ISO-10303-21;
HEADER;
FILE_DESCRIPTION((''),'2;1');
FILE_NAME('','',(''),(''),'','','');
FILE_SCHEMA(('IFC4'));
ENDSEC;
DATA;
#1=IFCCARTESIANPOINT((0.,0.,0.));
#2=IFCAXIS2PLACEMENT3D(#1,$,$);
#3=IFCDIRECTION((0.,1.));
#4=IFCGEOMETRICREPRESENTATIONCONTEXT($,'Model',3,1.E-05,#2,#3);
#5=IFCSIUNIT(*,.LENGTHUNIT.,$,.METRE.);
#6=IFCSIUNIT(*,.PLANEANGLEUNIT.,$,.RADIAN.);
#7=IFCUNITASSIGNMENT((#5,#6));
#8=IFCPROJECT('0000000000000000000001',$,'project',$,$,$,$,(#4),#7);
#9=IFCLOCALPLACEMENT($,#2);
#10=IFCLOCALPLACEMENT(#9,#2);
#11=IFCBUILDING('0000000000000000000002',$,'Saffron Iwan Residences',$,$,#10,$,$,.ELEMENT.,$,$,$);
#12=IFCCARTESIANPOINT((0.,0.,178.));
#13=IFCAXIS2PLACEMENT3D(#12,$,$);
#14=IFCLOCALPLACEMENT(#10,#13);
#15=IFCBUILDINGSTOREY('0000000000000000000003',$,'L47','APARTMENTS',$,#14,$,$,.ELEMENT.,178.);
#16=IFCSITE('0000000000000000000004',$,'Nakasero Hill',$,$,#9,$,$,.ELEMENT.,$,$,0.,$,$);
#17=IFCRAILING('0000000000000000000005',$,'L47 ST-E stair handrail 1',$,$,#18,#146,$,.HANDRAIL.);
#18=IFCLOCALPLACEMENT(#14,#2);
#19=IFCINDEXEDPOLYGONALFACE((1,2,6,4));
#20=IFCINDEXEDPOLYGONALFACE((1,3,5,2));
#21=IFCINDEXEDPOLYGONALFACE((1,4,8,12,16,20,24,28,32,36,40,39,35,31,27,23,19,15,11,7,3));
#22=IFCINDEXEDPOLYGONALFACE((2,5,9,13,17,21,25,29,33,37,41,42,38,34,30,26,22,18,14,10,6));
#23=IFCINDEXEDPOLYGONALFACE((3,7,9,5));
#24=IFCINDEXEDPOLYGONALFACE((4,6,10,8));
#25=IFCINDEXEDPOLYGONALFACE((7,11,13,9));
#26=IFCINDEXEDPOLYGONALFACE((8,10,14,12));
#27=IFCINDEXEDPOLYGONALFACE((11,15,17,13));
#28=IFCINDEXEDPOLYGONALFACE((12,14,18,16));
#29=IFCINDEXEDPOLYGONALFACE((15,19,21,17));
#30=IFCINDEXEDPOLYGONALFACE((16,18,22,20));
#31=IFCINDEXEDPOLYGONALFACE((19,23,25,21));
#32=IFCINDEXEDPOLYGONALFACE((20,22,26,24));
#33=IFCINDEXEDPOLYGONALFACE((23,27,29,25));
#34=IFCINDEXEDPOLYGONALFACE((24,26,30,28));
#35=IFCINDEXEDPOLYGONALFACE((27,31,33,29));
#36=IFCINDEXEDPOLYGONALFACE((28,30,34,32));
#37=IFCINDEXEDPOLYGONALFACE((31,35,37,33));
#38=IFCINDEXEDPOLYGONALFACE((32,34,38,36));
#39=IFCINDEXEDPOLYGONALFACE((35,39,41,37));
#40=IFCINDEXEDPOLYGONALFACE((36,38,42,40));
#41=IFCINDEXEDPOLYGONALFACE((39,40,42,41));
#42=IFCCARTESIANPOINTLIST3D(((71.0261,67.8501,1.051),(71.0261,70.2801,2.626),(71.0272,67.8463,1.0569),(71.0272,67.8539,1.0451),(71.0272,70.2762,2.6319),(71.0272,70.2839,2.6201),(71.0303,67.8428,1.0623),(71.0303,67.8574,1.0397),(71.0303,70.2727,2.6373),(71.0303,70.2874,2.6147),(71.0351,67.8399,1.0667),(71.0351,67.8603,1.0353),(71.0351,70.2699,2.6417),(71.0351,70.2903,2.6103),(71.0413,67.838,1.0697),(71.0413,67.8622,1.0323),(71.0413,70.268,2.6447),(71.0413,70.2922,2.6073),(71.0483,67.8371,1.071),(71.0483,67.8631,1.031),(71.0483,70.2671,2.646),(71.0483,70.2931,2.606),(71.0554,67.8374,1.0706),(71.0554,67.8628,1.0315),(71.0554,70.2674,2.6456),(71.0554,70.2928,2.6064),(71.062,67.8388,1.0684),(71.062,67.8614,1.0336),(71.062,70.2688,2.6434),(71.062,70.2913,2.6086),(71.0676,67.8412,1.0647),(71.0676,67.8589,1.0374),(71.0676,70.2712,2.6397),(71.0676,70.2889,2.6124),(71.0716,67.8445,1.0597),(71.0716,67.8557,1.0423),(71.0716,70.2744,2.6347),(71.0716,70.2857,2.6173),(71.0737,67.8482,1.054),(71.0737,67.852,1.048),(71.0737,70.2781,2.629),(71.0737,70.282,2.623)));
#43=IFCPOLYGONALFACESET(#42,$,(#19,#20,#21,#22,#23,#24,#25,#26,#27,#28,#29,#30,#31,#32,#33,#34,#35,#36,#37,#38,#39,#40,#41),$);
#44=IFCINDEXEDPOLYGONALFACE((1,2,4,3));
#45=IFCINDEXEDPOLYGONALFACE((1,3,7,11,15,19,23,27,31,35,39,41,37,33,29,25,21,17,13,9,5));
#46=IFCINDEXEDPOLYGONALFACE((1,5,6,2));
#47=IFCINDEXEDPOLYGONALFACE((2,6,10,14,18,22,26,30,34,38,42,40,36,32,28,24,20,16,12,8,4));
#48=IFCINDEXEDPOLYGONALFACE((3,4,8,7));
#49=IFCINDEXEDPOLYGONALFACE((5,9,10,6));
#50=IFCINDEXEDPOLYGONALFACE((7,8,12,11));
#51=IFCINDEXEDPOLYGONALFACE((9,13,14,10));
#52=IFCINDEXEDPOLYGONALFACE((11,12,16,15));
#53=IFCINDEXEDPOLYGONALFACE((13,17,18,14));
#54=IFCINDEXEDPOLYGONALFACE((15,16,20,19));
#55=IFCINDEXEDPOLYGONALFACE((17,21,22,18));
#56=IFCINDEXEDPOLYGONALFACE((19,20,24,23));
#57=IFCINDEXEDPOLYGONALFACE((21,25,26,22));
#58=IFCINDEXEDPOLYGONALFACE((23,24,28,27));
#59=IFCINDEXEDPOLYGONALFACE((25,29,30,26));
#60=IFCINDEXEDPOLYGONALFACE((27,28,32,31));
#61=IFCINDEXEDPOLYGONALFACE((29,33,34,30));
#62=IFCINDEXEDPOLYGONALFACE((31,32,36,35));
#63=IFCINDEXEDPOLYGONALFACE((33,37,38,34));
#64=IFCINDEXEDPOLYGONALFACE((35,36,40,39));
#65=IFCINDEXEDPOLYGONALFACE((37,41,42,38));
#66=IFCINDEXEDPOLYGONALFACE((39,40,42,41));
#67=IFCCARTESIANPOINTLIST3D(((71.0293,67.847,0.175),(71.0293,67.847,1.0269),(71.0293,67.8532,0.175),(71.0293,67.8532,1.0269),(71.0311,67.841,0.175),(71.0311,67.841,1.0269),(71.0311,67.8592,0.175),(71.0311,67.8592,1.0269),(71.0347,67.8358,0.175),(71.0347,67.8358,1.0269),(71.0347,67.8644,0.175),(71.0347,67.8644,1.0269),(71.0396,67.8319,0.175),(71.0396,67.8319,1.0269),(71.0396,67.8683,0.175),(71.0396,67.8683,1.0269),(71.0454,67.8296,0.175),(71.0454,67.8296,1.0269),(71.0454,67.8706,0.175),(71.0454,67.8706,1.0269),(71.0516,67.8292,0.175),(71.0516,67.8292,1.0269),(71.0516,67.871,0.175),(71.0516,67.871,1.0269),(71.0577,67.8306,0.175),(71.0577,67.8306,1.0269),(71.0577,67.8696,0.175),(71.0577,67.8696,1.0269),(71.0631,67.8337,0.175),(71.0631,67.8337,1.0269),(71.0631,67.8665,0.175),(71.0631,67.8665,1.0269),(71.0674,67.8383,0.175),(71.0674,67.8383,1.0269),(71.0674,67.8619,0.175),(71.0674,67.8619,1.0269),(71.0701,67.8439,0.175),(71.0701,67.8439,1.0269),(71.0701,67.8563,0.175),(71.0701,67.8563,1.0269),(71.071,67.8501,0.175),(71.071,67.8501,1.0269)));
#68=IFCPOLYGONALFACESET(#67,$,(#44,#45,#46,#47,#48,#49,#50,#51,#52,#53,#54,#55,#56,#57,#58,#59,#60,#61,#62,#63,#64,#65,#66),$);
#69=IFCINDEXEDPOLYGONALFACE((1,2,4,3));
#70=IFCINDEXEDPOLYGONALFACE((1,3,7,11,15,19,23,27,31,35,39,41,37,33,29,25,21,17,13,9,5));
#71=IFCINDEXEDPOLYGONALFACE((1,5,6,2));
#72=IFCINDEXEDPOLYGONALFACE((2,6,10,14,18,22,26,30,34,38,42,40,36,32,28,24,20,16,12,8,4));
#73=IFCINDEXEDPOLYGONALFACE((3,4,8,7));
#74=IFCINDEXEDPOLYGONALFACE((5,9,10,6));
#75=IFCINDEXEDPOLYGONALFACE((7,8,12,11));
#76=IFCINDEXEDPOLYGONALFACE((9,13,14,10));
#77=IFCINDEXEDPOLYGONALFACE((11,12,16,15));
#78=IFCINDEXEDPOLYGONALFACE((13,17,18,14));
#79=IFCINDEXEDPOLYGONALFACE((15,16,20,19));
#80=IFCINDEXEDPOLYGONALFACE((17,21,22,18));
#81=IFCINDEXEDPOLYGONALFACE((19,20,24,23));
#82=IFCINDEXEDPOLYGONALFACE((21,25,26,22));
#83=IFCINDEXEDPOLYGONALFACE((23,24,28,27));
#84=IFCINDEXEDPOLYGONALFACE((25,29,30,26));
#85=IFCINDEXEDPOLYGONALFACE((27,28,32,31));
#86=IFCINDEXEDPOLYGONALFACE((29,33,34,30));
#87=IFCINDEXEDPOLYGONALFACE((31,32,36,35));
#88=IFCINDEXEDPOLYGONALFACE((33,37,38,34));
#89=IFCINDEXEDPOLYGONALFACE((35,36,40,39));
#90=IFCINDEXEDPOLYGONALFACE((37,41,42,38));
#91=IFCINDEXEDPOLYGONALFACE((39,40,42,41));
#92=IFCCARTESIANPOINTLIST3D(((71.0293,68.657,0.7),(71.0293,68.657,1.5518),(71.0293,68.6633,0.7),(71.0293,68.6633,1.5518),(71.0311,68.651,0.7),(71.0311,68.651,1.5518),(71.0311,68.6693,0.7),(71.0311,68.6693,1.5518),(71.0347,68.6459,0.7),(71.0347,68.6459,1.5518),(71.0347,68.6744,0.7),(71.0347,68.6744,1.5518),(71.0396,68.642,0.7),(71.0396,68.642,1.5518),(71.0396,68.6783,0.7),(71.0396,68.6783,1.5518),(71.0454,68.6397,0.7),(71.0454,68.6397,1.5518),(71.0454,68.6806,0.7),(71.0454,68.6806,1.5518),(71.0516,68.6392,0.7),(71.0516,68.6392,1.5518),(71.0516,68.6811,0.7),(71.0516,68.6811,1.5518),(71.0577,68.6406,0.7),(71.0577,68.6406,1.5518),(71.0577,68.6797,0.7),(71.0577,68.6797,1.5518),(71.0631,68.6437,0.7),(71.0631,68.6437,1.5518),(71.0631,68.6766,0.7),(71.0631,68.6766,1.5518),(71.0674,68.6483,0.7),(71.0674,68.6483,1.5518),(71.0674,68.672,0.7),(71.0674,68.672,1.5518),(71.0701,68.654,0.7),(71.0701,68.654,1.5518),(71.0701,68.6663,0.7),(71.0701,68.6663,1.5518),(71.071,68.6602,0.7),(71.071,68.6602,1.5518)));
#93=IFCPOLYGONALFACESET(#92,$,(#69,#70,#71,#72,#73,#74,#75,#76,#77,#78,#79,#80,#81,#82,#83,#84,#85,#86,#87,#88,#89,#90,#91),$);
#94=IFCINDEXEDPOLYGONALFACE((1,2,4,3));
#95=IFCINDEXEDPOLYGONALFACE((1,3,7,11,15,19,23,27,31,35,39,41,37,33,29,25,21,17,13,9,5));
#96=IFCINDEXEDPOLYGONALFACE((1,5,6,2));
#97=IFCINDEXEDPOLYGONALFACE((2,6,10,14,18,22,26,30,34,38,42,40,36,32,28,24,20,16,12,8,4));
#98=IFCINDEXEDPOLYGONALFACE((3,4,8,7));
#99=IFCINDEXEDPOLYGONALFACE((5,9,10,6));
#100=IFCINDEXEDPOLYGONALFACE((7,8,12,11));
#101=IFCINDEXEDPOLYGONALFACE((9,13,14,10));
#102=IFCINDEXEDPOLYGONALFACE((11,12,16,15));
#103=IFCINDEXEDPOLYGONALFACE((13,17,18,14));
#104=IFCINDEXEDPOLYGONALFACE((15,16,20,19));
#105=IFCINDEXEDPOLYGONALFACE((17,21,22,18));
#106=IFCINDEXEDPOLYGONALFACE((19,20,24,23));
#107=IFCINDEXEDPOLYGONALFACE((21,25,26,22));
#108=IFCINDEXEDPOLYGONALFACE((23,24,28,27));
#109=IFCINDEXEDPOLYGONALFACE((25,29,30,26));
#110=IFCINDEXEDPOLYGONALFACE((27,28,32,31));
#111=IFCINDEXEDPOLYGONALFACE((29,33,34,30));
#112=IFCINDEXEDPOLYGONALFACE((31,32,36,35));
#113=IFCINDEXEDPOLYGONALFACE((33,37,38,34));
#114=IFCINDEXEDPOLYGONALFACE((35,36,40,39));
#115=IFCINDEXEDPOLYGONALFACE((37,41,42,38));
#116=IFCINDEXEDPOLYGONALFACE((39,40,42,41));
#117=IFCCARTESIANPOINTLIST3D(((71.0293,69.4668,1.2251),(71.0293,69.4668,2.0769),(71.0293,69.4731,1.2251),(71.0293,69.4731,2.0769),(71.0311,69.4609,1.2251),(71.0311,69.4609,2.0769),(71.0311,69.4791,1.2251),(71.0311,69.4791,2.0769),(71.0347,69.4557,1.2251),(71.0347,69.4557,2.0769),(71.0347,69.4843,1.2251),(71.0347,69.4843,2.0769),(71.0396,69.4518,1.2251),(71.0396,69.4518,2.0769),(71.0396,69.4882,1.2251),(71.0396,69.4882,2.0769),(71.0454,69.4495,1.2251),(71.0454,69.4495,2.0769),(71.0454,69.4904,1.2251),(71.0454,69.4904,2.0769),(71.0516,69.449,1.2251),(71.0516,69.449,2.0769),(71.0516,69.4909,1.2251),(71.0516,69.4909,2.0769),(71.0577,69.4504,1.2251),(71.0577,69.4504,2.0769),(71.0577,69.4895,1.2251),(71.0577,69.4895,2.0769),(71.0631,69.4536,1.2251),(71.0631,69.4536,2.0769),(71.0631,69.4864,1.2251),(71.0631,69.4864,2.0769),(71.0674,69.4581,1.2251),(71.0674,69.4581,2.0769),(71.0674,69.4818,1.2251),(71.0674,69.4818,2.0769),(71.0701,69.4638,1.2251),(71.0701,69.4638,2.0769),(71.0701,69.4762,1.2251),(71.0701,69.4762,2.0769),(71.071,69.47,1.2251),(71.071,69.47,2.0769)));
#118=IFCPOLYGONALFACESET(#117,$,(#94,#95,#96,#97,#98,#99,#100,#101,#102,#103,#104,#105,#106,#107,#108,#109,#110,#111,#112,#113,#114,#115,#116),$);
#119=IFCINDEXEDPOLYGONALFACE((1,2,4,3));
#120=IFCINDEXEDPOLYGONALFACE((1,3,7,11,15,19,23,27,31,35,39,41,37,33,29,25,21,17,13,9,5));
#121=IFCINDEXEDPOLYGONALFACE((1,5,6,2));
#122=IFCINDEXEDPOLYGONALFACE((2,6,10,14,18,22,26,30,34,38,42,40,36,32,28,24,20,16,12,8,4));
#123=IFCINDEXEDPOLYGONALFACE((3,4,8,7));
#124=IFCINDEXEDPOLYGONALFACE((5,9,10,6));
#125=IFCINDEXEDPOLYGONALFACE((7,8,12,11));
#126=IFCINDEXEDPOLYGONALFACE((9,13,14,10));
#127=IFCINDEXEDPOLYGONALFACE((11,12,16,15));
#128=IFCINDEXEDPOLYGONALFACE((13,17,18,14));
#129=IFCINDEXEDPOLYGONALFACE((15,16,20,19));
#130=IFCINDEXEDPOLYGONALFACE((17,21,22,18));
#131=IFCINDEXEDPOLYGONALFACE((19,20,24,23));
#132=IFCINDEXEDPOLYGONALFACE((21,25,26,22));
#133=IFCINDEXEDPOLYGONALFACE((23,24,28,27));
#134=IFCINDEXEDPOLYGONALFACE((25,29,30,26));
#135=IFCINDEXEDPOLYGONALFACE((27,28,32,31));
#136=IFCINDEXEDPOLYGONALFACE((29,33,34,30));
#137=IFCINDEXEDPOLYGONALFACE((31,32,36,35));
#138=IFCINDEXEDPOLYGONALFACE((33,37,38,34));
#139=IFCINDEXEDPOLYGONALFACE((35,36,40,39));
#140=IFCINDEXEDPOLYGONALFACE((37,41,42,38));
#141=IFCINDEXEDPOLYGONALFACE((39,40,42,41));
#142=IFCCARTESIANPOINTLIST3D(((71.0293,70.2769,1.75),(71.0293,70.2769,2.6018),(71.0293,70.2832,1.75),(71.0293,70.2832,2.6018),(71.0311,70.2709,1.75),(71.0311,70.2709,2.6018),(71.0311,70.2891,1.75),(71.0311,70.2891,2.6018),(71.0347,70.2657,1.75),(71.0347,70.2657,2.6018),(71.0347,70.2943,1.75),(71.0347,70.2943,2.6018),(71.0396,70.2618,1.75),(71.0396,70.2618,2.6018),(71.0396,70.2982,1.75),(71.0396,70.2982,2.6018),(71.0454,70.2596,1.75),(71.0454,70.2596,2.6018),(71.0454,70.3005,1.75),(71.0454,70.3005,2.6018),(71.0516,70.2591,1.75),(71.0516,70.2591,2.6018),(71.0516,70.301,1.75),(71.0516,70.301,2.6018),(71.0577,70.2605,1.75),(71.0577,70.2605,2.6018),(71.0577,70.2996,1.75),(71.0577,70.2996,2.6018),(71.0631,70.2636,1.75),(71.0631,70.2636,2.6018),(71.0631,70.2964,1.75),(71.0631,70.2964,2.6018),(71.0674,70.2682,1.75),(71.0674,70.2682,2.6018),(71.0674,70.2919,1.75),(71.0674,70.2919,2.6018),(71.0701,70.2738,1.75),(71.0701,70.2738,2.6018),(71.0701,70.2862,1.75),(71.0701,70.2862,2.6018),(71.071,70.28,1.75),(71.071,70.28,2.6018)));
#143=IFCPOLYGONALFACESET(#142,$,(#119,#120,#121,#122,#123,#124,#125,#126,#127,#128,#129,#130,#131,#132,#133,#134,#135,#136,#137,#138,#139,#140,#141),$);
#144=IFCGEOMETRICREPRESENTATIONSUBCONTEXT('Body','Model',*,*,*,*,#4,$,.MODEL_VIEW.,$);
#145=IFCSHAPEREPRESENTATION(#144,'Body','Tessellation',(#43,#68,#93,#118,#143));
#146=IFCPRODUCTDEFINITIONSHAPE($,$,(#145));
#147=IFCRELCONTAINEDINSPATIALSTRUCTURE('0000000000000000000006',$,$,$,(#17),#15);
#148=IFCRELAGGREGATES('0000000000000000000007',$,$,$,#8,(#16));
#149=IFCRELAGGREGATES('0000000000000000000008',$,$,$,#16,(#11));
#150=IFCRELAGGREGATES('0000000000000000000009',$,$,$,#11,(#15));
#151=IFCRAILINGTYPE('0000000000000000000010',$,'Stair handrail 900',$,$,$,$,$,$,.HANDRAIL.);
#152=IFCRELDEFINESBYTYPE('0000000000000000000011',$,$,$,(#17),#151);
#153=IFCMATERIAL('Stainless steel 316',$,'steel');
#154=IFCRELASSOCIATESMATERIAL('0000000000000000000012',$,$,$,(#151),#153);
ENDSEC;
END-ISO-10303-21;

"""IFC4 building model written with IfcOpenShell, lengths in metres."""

from ifc_helpers import new_model, si_unit, direction, frame, origin, origin_2d, place, context, subcontext, project, spatial, circle, extrude, material, type_object, element, save


model = new_model("IFC4")

# Units and contexts
model_context = context("Model", 3, precision=1e-05, world=origin(), true_north=direction((0.0, 1.0)))
body_context = subcontext(model_context, "Body", "Model", "MODEL_VIEW")
ifc_project = project(units=[si_unit("LENGTHUNIT", "METRE"), si_unit("PLANEANGLEUNIT", "RADIAN")], contexts=[model_context])

# Site, building, storey
site_placement = place(None, origin())
site = spatial("IfcSite", under=ifc_project, at=site_placement, Name="Nakasero Hill", CompositionType="ELEMENT", RefElevation=0.0)
building_placement = place(site_placement, origin())
building = spatial("IfcBuilding", under=site, at=building_placement, Name="Saffron Iwan Residences", CompositionType="ELEMENT")
storey_placement = place(building_placement, frame((0.0, 0.0, 178.0)))
storey = spatial("IfcBuildingStorey", under=building, at=storey_placement, Name="L47", Description="APARTMENTS", CompositionType="ELEMENT", Elevation=178.0)

# Railing
ifc_material_1 = material(Name="Stainless steel 316", Category="steel")
railing_type_1 = type_object("IfcRailingType", Name="Stair handrail 900", PredefinedType="HANDRAIL", material=ifc_material_1)
railing_1_placement = place(storey_placement, frame((71.05, 67.8501, 0.175)))
element("IfcRailing", 1, at=railing_1_placement, inside=storey, type_object=railing_type_1, Name="L47 ST-E stair handrail 1", PredefinedType="HANDRAIL", context=body_context, shape_type="SweptSolid", body=[
    extrude(circle(Radius=0.0239, at=origin_2d()), frame((0.0, 0.0, 0.876), z_axis=(0.0, 0.839154, 0.543894), x_axis=(-1.0, 0.0, 0.0)), (0.0, 0.0, 1.0), 2.8958),
    extrude(circle(Radius=0.021, at=origin_2d()), origin(), (0.0, 0.0, 1.0), 0.8518),
    extrude(circle(Radius=0.021, at=origin_2d()), frame((0.0, 0.8101, 0.5249)), (0.0, 0.0, 1.0), 0.8518),
    extrude(circle(Radius=0.021, at=origin_2d()), frame((0.0, 1.6199, 1.05)), (0.0, 0.0, 1.0), 0.8518),
    extrude(circle(Radius=0.021, at=origin_2d()), frame((0.0, 2.4299, 1.575)), (0.0, 0.0, 1.0), 0.8518),
])

save(model, "model.ifc")
